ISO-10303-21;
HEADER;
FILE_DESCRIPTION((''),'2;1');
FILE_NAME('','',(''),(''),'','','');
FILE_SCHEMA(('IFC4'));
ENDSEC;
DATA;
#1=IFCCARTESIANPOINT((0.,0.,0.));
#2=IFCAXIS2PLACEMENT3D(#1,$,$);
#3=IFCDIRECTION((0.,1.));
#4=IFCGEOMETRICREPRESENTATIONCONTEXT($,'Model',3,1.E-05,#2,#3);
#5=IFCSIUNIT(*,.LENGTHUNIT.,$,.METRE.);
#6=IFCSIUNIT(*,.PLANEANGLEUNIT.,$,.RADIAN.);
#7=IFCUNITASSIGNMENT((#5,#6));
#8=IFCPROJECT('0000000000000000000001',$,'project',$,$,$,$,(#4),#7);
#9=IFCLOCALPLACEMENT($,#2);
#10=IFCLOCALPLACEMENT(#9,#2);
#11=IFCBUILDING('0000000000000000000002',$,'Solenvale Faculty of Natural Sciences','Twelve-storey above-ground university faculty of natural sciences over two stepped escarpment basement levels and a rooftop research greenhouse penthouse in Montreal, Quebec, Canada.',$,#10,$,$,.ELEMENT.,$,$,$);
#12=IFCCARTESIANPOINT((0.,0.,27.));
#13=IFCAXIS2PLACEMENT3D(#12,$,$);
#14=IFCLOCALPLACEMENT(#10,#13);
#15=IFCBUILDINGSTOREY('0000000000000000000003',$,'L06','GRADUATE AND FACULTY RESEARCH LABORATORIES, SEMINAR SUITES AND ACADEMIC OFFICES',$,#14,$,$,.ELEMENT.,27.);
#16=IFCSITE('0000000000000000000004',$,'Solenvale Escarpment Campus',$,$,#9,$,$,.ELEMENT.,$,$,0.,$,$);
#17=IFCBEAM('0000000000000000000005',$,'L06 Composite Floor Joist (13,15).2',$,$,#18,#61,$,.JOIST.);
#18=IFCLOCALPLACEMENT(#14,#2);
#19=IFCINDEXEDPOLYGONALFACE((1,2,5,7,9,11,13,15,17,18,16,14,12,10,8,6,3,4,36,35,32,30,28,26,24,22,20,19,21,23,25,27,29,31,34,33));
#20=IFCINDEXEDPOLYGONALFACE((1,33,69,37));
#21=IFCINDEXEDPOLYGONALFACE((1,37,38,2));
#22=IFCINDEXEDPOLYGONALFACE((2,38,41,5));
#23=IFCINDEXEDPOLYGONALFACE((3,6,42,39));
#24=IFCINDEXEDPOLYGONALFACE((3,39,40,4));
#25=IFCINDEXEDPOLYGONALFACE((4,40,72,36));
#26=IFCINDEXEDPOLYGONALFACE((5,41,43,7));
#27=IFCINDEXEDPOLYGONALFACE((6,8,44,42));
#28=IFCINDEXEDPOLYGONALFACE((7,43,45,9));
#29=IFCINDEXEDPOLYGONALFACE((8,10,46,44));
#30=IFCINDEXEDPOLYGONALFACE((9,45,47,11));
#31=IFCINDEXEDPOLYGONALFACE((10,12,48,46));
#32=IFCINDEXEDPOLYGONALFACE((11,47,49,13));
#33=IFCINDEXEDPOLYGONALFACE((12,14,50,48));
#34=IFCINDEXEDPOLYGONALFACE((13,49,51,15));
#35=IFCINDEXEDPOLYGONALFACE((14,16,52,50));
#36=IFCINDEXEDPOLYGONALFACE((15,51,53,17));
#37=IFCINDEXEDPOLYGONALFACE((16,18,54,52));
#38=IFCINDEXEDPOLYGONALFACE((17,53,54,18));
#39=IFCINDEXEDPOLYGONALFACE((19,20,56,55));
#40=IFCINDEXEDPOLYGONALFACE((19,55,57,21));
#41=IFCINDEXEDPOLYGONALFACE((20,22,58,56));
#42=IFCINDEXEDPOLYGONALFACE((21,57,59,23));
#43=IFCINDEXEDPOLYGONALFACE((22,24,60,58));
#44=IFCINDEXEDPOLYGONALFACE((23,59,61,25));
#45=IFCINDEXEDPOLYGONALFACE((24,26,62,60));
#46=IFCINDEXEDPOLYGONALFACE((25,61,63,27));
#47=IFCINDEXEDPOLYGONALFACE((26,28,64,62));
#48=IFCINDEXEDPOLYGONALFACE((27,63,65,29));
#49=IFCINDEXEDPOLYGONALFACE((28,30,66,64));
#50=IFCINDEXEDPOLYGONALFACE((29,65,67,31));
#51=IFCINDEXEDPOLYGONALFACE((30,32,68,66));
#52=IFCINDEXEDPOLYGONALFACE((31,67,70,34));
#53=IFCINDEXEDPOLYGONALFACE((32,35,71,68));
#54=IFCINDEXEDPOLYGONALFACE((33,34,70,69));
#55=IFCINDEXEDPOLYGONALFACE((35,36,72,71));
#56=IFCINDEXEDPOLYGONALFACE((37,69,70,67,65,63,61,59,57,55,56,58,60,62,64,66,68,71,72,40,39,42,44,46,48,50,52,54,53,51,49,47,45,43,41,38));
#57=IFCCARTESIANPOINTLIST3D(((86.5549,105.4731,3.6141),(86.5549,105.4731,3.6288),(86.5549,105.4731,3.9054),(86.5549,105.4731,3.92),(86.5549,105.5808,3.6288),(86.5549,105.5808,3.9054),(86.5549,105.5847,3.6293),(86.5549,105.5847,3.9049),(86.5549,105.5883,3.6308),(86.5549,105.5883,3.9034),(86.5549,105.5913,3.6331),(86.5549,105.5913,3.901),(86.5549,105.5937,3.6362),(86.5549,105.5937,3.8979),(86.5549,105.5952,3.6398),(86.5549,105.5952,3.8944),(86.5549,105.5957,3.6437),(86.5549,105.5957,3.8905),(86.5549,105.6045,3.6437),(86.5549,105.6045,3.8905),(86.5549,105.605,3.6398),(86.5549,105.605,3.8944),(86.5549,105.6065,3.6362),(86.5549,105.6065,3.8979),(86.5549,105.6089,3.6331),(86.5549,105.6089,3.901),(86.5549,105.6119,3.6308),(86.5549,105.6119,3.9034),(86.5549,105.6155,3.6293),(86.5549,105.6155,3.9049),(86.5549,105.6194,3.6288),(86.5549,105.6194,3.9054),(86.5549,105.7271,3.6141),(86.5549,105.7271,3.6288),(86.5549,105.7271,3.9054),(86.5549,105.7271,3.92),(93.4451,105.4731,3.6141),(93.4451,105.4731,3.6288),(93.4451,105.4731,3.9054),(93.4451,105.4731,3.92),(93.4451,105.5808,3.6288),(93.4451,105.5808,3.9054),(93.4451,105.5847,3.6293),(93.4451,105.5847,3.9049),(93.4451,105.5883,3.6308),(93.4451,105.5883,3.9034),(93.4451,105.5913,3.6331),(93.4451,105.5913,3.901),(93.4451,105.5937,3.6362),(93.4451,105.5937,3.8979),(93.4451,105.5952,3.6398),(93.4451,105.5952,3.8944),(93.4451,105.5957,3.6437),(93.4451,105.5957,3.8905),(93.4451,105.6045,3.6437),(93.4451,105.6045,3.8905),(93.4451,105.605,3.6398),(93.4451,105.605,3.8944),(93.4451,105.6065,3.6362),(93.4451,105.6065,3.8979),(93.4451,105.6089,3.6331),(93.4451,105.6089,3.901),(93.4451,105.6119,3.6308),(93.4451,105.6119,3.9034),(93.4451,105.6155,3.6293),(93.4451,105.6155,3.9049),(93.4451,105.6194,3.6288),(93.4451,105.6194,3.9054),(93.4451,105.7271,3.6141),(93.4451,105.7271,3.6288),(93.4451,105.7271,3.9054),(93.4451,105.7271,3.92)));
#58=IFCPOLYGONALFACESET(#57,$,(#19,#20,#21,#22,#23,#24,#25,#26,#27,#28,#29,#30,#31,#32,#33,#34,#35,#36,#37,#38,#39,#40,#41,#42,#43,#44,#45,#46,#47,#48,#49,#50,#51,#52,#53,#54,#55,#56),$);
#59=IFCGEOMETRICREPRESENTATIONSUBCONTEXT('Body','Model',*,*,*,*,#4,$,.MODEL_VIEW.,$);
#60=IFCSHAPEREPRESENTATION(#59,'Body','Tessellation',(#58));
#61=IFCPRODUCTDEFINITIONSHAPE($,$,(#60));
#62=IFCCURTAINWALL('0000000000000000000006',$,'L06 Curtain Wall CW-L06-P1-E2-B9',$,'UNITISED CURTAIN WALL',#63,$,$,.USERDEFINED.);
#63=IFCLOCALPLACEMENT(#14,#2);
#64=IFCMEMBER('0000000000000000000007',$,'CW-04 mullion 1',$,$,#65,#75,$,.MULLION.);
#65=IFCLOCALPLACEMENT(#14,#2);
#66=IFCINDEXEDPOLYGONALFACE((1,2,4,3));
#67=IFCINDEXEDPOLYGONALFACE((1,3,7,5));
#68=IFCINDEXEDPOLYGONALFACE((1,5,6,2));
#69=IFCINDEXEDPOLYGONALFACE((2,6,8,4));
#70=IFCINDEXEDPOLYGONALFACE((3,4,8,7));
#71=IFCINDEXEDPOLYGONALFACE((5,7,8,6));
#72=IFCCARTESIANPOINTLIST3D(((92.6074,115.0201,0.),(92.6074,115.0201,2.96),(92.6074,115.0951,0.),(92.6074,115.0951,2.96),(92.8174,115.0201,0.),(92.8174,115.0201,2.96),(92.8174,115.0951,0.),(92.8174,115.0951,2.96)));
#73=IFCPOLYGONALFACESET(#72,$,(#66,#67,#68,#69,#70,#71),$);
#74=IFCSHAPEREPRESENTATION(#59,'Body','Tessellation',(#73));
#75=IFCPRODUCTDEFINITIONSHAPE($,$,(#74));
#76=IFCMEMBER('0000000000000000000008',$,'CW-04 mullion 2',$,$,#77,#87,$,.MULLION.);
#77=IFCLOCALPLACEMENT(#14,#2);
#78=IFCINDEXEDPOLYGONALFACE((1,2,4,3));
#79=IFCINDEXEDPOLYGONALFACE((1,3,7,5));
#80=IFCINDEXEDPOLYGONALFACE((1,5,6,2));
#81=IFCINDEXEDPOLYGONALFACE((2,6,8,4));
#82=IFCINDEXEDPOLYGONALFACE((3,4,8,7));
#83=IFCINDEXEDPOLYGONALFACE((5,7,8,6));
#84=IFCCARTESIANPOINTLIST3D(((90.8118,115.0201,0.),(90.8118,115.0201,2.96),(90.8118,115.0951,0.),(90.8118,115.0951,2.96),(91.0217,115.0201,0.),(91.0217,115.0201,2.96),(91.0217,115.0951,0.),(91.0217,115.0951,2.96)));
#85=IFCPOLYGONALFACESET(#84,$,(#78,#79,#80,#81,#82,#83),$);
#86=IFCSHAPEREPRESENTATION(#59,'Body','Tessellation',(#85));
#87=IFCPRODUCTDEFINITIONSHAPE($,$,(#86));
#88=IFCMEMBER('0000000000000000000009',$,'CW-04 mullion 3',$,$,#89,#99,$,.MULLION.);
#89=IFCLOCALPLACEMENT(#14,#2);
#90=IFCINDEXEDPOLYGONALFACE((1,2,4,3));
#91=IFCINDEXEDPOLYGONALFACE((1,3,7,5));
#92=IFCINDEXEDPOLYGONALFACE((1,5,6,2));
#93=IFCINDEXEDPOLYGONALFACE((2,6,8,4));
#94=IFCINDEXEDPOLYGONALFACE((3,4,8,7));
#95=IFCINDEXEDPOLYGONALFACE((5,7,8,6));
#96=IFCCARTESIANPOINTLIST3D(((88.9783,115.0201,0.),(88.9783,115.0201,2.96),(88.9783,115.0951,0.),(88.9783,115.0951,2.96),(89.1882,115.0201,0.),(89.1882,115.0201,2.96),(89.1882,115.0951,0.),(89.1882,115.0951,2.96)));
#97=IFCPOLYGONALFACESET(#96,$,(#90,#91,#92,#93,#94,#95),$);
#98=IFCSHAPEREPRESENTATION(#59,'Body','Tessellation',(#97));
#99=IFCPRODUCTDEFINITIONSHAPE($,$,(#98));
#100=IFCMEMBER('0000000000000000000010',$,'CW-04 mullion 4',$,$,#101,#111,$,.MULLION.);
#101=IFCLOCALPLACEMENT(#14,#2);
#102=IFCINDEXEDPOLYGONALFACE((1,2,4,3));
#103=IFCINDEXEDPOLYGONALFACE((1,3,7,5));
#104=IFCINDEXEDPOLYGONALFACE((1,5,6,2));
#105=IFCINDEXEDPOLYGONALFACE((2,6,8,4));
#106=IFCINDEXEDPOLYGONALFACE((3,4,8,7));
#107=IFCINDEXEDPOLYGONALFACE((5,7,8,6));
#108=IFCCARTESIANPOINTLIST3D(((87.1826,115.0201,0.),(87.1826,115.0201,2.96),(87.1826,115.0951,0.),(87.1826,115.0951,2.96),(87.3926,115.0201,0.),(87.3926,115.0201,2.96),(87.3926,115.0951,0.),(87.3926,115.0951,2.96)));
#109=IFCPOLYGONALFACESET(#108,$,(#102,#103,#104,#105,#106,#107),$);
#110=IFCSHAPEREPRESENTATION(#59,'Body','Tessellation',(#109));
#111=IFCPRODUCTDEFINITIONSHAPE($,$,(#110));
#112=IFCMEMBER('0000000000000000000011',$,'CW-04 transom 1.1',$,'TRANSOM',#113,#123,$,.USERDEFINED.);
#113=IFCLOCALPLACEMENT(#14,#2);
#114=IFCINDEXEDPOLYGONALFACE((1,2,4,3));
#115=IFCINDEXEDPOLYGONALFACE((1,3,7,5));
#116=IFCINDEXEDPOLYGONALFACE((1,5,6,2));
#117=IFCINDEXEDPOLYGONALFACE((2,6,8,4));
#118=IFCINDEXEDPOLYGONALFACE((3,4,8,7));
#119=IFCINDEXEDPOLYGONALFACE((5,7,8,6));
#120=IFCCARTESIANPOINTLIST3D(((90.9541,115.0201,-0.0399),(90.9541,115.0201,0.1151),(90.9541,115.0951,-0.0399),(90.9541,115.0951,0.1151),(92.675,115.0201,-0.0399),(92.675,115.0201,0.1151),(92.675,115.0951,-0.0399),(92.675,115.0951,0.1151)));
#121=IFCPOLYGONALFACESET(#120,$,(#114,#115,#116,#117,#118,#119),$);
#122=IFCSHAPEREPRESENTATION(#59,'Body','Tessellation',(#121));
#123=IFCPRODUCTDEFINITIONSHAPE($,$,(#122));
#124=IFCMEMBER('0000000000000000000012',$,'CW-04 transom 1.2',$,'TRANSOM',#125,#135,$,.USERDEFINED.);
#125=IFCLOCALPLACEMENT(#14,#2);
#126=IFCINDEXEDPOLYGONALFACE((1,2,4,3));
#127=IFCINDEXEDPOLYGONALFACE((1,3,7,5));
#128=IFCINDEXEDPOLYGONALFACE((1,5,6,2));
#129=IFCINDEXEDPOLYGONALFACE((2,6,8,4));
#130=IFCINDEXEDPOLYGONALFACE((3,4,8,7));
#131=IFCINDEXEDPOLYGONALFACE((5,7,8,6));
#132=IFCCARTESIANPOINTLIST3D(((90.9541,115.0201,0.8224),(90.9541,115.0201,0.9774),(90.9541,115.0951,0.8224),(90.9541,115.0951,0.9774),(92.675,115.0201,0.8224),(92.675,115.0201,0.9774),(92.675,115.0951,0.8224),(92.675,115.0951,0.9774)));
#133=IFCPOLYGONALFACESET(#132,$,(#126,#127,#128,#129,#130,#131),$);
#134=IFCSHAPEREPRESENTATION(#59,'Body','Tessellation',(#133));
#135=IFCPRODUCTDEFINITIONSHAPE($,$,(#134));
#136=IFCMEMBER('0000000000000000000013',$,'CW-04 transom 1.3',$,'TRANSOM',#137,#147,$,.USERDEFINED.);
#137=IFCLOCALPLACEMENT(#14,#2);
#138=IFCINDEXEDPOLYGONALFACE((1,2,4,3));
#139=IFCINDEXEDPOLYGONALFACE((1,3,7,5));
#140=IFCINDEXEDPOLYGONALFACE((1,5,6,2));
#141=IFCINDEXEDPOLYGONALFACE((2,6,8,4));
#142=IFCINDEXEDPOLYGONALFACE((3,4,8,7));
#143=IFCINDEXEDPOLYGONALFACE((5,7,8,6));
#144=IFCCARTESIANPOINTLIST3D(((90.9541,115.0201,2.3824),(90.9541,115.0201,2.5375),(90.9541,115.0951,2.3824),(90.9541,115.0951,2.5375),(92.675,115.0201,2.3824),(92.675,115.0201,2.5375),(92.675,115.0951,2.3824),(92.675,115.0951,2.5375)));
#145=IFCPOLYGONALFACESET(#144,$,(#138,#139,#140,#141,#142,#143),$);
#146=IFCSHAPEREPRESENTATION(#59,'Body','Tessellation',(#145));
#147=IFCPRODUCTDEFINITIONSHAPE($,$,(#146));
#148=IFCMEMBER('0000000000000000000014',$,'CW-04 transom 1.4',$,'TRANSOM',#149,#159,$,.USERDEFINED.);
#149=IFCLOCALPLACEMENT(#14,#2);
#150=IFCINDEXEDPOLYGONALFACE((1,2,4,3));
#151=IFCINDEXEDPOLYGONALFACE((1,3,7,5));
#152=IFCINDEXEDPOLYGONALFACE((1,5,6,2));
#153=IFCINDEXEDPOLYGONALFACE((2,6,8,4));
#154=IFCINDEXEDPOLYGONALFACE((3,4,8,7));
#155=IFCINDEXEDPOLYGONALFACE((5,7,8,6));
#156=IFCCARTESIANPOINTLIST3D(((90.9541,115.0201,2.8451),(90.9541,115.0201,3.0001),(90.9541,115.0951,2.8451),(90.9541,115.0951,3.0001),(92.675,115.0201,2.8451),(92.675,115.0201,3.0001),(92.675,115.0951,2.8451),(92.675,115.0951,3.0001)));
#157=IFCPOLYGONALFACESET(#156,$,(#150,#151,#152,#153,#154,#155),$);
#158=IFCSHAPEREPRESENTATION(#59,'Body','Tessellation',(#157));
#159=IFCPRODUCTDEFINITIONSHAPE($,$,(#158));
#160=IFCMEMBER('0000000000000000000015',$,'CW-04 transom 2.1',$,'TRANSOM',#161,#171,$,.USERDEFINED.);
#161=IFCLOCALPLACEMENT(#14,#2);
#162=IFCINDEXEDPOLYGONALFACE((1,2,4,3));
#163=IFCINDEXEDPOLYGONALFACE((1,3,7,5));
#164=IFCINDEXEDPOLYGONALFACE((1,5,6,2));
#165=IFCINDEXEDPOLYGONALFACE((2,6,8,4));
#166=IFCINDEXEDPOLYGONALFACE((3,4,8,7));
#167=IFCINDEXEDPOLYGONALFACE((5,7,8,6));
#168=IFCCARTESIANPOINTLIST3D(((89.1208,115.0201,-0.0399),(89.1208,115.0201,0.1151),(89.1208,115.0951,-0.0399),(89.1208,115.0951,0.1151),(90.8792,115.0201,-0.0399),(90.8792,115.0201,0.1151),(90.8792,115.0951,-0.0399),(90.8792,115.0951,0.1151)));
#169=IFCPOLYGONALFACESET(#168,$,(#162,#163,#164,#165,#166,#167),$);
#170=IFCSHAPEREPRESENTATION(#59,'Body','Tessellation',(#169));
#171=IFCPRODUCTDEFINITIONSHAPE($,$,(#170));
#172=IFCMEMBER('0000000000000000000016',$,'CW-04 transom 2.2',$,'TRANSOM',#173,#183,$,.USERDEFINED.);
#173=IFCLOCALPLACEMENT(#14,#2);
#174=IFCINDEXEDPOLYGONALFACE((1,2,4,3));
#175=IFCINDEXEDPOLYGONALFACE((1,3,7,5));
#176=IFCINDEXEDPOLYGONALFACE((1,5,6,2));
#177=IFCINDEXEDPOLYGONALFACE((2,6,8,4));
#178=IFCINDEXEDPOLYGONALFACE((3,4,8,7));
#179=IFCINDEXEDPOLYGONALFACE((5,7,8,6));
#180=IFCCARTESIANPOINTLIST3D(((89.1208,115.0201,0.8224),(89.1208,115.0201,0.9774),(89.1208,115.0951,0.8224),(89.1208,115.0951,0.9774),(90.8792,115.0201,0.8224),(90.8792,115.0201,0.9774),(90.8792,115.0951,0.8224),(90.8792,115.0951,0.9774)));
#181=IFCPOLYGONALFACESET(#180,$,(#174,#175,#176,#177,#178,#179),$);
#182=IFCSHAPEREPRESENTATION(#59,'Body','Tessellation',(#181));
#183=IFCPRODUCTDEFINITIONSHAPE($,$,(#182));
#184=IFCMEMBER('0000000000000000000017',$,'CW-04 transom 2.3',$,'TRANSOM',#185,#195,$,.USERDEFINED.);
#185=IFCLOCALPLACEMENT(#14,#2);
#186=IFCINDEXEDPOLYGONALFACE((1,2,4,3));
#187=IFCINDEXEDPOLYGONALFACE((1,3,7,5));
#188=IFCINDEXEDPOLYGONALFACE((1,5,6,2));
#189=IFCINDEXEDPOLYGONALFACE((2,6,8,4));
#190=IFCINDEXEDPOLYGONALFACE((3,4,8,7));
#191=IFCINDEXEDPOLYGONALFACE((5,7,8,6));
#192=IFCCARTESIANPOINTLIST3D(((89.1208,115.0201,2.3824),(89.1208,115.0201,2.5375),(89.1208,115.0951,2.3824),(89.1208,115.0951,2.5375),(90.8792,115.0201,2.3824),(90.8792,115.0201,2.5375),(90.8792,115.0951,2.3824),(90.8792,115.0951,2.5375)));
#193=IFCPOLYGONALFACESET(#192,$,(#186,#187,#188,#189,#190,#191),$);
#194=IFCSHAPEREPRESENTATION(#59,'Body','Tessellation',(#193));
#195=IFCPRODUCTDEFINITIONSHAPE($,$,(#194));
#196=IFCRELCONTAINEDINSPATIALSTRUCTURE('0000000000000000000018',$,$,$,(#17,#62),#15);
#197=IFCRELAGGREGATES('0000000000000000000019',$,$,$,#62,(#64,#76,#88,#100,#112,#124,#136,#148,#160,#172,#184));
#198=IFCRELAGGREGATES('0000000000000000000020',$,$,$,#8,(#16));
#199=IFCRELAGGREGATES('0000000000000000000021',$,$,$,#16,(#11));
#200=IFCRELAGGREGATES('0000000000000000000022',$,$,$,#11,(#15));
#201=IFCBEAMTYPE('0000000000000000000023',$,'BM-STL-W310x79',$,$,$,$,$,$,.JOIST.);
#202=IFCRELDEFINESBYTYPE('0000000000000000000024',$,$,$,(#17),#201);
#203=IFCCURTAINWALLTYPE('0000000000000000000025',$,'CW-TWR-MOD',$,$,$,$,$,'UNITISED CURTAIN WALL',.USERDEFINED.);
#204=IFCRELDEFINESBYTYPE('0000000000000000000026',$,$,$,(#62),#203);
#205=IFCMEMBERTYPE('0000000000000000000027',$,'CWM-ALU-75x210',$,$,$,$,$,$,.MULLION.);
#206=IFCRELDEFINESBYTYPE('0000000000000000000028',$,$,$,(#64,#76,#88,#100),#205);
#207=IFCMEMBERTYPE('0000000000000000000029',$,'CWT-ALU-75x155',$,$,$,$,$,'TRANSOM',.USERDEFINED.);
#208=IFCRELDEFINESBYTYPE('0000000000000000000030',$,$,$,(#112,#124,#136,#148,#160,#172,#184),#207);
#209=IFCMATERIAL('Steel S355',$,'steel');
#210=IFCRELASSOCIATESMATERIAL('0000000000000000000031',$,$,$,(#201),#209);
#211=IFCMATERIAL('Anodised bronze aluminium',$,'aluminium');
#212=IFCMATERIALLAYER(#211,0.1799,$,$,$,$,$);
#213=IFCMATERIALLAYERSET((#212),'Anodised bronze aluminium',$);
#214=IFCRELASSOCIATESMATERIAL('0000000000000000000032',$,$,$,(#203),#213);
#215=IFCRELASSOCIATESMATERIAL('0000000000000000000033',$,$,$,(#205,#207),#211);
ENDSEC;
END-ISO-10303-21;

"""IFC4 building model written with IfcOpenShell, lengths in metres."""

from ifc_helpers import new_model, si_unit, direction, frame, origin, origin_2d, place, context, subcontext, project, spatial, rectangle, i_section, extrude, material, layer, layer_set, material_profile, profile_set, type_object, element, aggregate, save


model = new_model("IFC4")

# Units and contexts
model_context = context("Model", 3, precision=1e-05, world=origin(), true_north=direction((0.0, 1.0)))
body_context = subcontext(model_context, "Body", "Model", "MODEL_VIEW")
ifc_project = project(units=[si_unit("LENGTHUNIT", "METRE"), si_unit("PLANEANGLEUNIT", "RADIAN")], contexts=[model_context])

# Site, building, storey
site_placement = place(None, origin())
site = spatial("IfcSite", under=ifc_project, at=site_placement, Name="Solenvale Escarpment Campus", CompositionType="ELEMENT", RefElevation=0.0)
building_placement = place(site_placement, origin())
building = spatial("IfcBuilding", under=site, at=building_placement, Name="Solenvale Faculty of Natural Sciences", Description="Twelve-storey above-ground university faculty of natural sciences over two stepped escarpment basement levels and a rooftop research greenhouse penthouse in Montreal, Quebec, Canada.", CompositionType="ELEMENT")
storey_placement = place(building_placement, frame((0.0, 0.0, 27.0)))
storey = spatial("IfcBuildingStorey", under=building, at=storey_placement, Name="L06", Description="GRADUATE AND FACULTY RESEARCH LABORATORIES, SEMINAR SUITES AND ACADEMIC OFFICES", CompositionType="ELEMENT", Elevation=27.0)

# Beam
ifc_material_1 = material(Name="Steel S355", Category="steel")
ifc_material_profile_1 = material_profile(ifc_material_1, i_section(OverallWidth=0.2539, OverallDepth=0.3059, WebThickness=0.0088, FlangeThickness=0.0146, FilletRadius=0.0149, at=origin_2d()), Name="W310x79")
ifc_profile_set_1 = profile_set([ifc_material_profile_1], Name="Steel S355")
beam_type_1 = type_object("IfcBeamType", Name="BM-STL-W310x79", PredefinedType="JOIST", material=ifc_profile_set_1)
for number, where, z_axis, x_axis, name in (
    (1, (86.5549, 105.6001, 3.7671), (1.0, 0.0, 0.0), (0.0, 1.0, 0.0), "L06 Composite Floor Joist (13,15).2"),
):
    element("IfcBeam", number, at=place(storey_placement, frame(where, z_axis=z_axis, x_axis=x_axis)), inside=storey, type_object=beam_type_1, Name=name, PredefinedType="JOIST", context=body_context, shape_type="SweptSolid", body=[
        extrude(i_section(OverallWidth=0.2539, OverallDepth=0.3059, WebThickness=0.0088, FlangeThickness=0.0146, FilletRadius=0.0149, at=origin_2d()), origin(), (0.0, 0.0, 1.0), 6.8901),
    ])

# Curtain wall, members
ifc_material_2 = material(Name="Anodised bronze aluminium", Category="aluminium")
ifc_layer_1 = layer(ifc_material_2, 0.1799)
ifc_layer_set_1 = layer_set([ifc_layer_1], Name="Anodised bronze aluminium")
curtain_wall_type = type_object("IfcCurtainWallType", Name="CW-TWR-MOD", ElementType="UNITISED CURTAIN WALL", PredefinedType="USERDEFINED", material=ifc_layer_set_1)
curtain_wall_placement = place(storey_placement, origin())
curtain_wall = element("IfcCurtainWall", 2, at=curtain_wall_placement, inside=storey, type_object=curtain_wall_type, Name="L06 Curtain Wall CW-L06-P1-E2-B9", ObjectType="UNITISED CURTAIN WALL", PredefinedType="USERDEFINED")
ifc_material_profile_2 = material_profile(ifc_material_2, rectangle(XDim=0.075, YDim=0.21, at=origin_2d()), Name="ALU-MUL-75x210")
ifc_profile_set_2 = profile_set([ifc_material_profile_2], Name="Anodised bronze aluminium")
member_type_1 = type_object("IfcMemberType", Name="CWM-ALU-75x210", PredefinedType="MULLION", material=ifc_profile_set_2)
member_1_placement = place(storey_placement, frame((92.7124, 115.0576, 0.0), z_axis=(0.0, 0.0, 1.0), x_axis=(0.0, -1.0, 0.0)))
member_1 = element("IfcMember", 3, at=member_1_placement, type_object=member_type_1, Name="CW-04 mullion 1", PredefinedType="MULLION", context=body_context, shape_type="SweptSolid", body=[
    extrude(rectangle(XDim=0.075, YDim=0.21, at=origin_2d()), origin(), (0.0, 0.0, 1.0), 2.96),
])
member_2_placement = place(storey_placement, frame((90.9167, 115.0576, 0.0), z_axis=(0.0, 0.0, 1.0), x_axis=(0.0, -1.0, 0.0)))
member_2 = element("IfcMember", 4, at=member_2_placement, type_object=member_type_1, Name="CW-04 mullion 2", PredefinedType="MULLION", context=body_context, shape_type="SweptSolid", body=[
    extrude(rectangle(XDim=0.075, YDim=0.21, at=origin_2d()), origin(), (0.0, 0.0, 1.0), 2.96),
])
member_3_placement = place(storey_placement, frame((89.0833, 115.0576, 0.0), z_axis=(0.0, 0.0, 1.0), x_axis=(0.0, -1.0, 0.0)))
member_3 = element("IfcMember", 5, at=member_3_placement, type_object=member_type_1, Name="CW-04 mullion 3", PredefinedType="MULLION", context=body_context, shape_type="SweptSolid", body=[
    extrude(rectangle(XDim=0.075, YDim=0.21, at=origin_2d()), origin(), (0.0, 0.0, 1.0), 2.96),
])
member_4_placement = place(storey_placement, frame((87.2876, 115.0576, 0.0), z_axis=(0.0, 0.0, 1.0), x_axis=(0.0, -1.0, 0.0)))
member_4 = element("IfcMember", 6, at=member_4_placement, type_object=member_type_1, Name="CW-04 mullion 4", PredefinedType="MULLION", context=body_context, shape_type="SweptSolid", body=[
    extrude(rectangle(XDim=0.075, YDim=0.21, at=origin_2d()), origin(), (0.0, 0.0, 1.0), 2.96),
])
ifc_material_profile_3 = material_profile(ifc_material_2, rectangle(XDim=0.075, YDim=0.155, at=origin_2d()), Name="ALU-TRN-75x155")
ifc_profile_set_3 = profile_set([ifc_material_profile_3], Name="Anodised bronze aluminium")
member_type_2 = type_object("IfcMemberType", Name="CWT-ALU-75x155", ElementType="TRANSOM", PredefinedType="USERDEFINED", material=ifc_profile_set_3)
member_5_placement = place(storey_placement, frame((92.675, 115.0576, 0.0376), z_axis=(-1.0, 0.0, 0.0), x_axis=(0.0, -1.0, 0.0)))
member_5 = element("IfcMember", 7, at=member_5_placement, type_object=member_type_2, Name="CW-04 transom 1.1", ObjectType="TRANSOM", PredefinedType="USERDEFINED", context=body_context, shape_type="SweptSolid", body=[
    extrude(rectangle(XDim=0.075, YDim=0.155, at=origin_2d()), origin(), (0.0, 0.0, 1.0), 1.7209),
])
member_6_placement = place(storey_placement, frame((92.675, 115.0576, 0.8999), z_axis=(-1.0, 0.0, 0.0), x_axis=(0.0, -1.0, 0.0)))
member_6 = element("IfcMember", 8, at=member_6_placement, type_object=member_type_2, Name="CW-04 transom 1.2", ObjectType="TRANSOM", PredefinedType="USERDEFINED", context=body_context, shape_type="SweptSolid", body=[
    extrude(rectangle(XDim=0.075, YDim=0.155, at=origin_2d()), origin(), (0.0, 0.0, 1.0), 1.7209),
])
member_7_placement = place(storey_placement, frame((92.675, 115.0576, 2.46), z_axis=(-1.0, 0.0, 0.0), x_axis=(0.0, -1.0, 0.0)))
member_7 = element("IfcMember", 9, at=member_7_placement, type_object=member_type_2, Name="CW-04 transom 1.3", ObjectType="TRANSOM", PredefinedType="USERDEFINED", context=body_context, shape_type="SweptSolid", body=[
    extrude(rectangle(XDim=0.075, YDim=0.155, at=origin_2d()), origin(), (0.0, 0.0, 1.0), 1.7209),
])
member_8_placement = place(storey_placement, frame((92.675, 115.0576, 2.9226), z_axis=(-1.0, 0.0, 0.0), x_axis=(0.0, -1.0, 0.0)))
member_8 = element("IfcMember", 10, at=member_8_placement, type_object=member_type_2, Name="CW-04 transom 1.4", ObjectType="TRANSOM", PredefinedType="USERDEFINED", context=body_context, shape_type="SweptSolid", body=[
    extrude(rectangle(XDim=0.075, YDim=0.155, at=origin_2d()), origin(), (0.0, 0.0, 1.0), 1.7209),
])
member_9_placement = place(storey_placement, frame((90.8792, 115.0576, 0.0376), z_axis=(-1.0, 0.0, 0.0), x_axis=(0.0, -1.0, 0.0)))
member_9 = element("IfcMember", 11, at=member_9_placement, type_object=member_type_2, Name="CW-04 transom 2.1", ObjectType="TRANSOM", PredefinedType="USERDEFINED", context=body_context, shape_type="SweptSolid", body=[
    extrude(rectangle(XDim=0.075, YDim=0.155, at=origin_2d()), origin(), (0.0, 0.0, 1.0), 1.7583),
])
member_10_placement = place(storey_placement, frame((90.8792, 115.0576, 0.8999), z_axis=(-1.0, 0.0, 0.0), x_axis=(0.0, -1.0, 0.0)))
member_10 = element("IfcMember", 12, at=member_10_placement, type_object=member_type_2, Name="CW-04 transom 2.2", ObjectType="TRANSOM", PredefinedType="USERDEFINED", context=body_context, shape_type="SweptSolid", body=[
    extrude(rectangle(XDim=0.075, YDim=0.155, at=origin_2d()), origin(), (0.0, 0.0, 1.0), 1.7583),
])
member_11_placement = place(storey_placement, frame((90.8792, 115.0576, 2.46), z_axis=(-1.0, 0.0, 0.0), x_axis=(0.0, -1.0, 0.0)))
member_11 = element("IfcMember", 13, at=member_11_placement, type_object=member_type_2, Name="CW-04 transom 2.3", ObjectType="TRANSOM", PredefinedType="USERDEFINED", context=body_context, shape_type="SweptSolid", body=[
    extrude(rectangle(XDim=0.075, YDim=0.155, at=origin_2d()), origin(), (0.0, 0.0, 1.0), 1.7583),
])
aggregate(curtain_wall, [member_1, member_2, member_3, member_4, member_5, member_6, member_7, member_8, member_9, member_10, member_11])

save(model, "model.ifc")
